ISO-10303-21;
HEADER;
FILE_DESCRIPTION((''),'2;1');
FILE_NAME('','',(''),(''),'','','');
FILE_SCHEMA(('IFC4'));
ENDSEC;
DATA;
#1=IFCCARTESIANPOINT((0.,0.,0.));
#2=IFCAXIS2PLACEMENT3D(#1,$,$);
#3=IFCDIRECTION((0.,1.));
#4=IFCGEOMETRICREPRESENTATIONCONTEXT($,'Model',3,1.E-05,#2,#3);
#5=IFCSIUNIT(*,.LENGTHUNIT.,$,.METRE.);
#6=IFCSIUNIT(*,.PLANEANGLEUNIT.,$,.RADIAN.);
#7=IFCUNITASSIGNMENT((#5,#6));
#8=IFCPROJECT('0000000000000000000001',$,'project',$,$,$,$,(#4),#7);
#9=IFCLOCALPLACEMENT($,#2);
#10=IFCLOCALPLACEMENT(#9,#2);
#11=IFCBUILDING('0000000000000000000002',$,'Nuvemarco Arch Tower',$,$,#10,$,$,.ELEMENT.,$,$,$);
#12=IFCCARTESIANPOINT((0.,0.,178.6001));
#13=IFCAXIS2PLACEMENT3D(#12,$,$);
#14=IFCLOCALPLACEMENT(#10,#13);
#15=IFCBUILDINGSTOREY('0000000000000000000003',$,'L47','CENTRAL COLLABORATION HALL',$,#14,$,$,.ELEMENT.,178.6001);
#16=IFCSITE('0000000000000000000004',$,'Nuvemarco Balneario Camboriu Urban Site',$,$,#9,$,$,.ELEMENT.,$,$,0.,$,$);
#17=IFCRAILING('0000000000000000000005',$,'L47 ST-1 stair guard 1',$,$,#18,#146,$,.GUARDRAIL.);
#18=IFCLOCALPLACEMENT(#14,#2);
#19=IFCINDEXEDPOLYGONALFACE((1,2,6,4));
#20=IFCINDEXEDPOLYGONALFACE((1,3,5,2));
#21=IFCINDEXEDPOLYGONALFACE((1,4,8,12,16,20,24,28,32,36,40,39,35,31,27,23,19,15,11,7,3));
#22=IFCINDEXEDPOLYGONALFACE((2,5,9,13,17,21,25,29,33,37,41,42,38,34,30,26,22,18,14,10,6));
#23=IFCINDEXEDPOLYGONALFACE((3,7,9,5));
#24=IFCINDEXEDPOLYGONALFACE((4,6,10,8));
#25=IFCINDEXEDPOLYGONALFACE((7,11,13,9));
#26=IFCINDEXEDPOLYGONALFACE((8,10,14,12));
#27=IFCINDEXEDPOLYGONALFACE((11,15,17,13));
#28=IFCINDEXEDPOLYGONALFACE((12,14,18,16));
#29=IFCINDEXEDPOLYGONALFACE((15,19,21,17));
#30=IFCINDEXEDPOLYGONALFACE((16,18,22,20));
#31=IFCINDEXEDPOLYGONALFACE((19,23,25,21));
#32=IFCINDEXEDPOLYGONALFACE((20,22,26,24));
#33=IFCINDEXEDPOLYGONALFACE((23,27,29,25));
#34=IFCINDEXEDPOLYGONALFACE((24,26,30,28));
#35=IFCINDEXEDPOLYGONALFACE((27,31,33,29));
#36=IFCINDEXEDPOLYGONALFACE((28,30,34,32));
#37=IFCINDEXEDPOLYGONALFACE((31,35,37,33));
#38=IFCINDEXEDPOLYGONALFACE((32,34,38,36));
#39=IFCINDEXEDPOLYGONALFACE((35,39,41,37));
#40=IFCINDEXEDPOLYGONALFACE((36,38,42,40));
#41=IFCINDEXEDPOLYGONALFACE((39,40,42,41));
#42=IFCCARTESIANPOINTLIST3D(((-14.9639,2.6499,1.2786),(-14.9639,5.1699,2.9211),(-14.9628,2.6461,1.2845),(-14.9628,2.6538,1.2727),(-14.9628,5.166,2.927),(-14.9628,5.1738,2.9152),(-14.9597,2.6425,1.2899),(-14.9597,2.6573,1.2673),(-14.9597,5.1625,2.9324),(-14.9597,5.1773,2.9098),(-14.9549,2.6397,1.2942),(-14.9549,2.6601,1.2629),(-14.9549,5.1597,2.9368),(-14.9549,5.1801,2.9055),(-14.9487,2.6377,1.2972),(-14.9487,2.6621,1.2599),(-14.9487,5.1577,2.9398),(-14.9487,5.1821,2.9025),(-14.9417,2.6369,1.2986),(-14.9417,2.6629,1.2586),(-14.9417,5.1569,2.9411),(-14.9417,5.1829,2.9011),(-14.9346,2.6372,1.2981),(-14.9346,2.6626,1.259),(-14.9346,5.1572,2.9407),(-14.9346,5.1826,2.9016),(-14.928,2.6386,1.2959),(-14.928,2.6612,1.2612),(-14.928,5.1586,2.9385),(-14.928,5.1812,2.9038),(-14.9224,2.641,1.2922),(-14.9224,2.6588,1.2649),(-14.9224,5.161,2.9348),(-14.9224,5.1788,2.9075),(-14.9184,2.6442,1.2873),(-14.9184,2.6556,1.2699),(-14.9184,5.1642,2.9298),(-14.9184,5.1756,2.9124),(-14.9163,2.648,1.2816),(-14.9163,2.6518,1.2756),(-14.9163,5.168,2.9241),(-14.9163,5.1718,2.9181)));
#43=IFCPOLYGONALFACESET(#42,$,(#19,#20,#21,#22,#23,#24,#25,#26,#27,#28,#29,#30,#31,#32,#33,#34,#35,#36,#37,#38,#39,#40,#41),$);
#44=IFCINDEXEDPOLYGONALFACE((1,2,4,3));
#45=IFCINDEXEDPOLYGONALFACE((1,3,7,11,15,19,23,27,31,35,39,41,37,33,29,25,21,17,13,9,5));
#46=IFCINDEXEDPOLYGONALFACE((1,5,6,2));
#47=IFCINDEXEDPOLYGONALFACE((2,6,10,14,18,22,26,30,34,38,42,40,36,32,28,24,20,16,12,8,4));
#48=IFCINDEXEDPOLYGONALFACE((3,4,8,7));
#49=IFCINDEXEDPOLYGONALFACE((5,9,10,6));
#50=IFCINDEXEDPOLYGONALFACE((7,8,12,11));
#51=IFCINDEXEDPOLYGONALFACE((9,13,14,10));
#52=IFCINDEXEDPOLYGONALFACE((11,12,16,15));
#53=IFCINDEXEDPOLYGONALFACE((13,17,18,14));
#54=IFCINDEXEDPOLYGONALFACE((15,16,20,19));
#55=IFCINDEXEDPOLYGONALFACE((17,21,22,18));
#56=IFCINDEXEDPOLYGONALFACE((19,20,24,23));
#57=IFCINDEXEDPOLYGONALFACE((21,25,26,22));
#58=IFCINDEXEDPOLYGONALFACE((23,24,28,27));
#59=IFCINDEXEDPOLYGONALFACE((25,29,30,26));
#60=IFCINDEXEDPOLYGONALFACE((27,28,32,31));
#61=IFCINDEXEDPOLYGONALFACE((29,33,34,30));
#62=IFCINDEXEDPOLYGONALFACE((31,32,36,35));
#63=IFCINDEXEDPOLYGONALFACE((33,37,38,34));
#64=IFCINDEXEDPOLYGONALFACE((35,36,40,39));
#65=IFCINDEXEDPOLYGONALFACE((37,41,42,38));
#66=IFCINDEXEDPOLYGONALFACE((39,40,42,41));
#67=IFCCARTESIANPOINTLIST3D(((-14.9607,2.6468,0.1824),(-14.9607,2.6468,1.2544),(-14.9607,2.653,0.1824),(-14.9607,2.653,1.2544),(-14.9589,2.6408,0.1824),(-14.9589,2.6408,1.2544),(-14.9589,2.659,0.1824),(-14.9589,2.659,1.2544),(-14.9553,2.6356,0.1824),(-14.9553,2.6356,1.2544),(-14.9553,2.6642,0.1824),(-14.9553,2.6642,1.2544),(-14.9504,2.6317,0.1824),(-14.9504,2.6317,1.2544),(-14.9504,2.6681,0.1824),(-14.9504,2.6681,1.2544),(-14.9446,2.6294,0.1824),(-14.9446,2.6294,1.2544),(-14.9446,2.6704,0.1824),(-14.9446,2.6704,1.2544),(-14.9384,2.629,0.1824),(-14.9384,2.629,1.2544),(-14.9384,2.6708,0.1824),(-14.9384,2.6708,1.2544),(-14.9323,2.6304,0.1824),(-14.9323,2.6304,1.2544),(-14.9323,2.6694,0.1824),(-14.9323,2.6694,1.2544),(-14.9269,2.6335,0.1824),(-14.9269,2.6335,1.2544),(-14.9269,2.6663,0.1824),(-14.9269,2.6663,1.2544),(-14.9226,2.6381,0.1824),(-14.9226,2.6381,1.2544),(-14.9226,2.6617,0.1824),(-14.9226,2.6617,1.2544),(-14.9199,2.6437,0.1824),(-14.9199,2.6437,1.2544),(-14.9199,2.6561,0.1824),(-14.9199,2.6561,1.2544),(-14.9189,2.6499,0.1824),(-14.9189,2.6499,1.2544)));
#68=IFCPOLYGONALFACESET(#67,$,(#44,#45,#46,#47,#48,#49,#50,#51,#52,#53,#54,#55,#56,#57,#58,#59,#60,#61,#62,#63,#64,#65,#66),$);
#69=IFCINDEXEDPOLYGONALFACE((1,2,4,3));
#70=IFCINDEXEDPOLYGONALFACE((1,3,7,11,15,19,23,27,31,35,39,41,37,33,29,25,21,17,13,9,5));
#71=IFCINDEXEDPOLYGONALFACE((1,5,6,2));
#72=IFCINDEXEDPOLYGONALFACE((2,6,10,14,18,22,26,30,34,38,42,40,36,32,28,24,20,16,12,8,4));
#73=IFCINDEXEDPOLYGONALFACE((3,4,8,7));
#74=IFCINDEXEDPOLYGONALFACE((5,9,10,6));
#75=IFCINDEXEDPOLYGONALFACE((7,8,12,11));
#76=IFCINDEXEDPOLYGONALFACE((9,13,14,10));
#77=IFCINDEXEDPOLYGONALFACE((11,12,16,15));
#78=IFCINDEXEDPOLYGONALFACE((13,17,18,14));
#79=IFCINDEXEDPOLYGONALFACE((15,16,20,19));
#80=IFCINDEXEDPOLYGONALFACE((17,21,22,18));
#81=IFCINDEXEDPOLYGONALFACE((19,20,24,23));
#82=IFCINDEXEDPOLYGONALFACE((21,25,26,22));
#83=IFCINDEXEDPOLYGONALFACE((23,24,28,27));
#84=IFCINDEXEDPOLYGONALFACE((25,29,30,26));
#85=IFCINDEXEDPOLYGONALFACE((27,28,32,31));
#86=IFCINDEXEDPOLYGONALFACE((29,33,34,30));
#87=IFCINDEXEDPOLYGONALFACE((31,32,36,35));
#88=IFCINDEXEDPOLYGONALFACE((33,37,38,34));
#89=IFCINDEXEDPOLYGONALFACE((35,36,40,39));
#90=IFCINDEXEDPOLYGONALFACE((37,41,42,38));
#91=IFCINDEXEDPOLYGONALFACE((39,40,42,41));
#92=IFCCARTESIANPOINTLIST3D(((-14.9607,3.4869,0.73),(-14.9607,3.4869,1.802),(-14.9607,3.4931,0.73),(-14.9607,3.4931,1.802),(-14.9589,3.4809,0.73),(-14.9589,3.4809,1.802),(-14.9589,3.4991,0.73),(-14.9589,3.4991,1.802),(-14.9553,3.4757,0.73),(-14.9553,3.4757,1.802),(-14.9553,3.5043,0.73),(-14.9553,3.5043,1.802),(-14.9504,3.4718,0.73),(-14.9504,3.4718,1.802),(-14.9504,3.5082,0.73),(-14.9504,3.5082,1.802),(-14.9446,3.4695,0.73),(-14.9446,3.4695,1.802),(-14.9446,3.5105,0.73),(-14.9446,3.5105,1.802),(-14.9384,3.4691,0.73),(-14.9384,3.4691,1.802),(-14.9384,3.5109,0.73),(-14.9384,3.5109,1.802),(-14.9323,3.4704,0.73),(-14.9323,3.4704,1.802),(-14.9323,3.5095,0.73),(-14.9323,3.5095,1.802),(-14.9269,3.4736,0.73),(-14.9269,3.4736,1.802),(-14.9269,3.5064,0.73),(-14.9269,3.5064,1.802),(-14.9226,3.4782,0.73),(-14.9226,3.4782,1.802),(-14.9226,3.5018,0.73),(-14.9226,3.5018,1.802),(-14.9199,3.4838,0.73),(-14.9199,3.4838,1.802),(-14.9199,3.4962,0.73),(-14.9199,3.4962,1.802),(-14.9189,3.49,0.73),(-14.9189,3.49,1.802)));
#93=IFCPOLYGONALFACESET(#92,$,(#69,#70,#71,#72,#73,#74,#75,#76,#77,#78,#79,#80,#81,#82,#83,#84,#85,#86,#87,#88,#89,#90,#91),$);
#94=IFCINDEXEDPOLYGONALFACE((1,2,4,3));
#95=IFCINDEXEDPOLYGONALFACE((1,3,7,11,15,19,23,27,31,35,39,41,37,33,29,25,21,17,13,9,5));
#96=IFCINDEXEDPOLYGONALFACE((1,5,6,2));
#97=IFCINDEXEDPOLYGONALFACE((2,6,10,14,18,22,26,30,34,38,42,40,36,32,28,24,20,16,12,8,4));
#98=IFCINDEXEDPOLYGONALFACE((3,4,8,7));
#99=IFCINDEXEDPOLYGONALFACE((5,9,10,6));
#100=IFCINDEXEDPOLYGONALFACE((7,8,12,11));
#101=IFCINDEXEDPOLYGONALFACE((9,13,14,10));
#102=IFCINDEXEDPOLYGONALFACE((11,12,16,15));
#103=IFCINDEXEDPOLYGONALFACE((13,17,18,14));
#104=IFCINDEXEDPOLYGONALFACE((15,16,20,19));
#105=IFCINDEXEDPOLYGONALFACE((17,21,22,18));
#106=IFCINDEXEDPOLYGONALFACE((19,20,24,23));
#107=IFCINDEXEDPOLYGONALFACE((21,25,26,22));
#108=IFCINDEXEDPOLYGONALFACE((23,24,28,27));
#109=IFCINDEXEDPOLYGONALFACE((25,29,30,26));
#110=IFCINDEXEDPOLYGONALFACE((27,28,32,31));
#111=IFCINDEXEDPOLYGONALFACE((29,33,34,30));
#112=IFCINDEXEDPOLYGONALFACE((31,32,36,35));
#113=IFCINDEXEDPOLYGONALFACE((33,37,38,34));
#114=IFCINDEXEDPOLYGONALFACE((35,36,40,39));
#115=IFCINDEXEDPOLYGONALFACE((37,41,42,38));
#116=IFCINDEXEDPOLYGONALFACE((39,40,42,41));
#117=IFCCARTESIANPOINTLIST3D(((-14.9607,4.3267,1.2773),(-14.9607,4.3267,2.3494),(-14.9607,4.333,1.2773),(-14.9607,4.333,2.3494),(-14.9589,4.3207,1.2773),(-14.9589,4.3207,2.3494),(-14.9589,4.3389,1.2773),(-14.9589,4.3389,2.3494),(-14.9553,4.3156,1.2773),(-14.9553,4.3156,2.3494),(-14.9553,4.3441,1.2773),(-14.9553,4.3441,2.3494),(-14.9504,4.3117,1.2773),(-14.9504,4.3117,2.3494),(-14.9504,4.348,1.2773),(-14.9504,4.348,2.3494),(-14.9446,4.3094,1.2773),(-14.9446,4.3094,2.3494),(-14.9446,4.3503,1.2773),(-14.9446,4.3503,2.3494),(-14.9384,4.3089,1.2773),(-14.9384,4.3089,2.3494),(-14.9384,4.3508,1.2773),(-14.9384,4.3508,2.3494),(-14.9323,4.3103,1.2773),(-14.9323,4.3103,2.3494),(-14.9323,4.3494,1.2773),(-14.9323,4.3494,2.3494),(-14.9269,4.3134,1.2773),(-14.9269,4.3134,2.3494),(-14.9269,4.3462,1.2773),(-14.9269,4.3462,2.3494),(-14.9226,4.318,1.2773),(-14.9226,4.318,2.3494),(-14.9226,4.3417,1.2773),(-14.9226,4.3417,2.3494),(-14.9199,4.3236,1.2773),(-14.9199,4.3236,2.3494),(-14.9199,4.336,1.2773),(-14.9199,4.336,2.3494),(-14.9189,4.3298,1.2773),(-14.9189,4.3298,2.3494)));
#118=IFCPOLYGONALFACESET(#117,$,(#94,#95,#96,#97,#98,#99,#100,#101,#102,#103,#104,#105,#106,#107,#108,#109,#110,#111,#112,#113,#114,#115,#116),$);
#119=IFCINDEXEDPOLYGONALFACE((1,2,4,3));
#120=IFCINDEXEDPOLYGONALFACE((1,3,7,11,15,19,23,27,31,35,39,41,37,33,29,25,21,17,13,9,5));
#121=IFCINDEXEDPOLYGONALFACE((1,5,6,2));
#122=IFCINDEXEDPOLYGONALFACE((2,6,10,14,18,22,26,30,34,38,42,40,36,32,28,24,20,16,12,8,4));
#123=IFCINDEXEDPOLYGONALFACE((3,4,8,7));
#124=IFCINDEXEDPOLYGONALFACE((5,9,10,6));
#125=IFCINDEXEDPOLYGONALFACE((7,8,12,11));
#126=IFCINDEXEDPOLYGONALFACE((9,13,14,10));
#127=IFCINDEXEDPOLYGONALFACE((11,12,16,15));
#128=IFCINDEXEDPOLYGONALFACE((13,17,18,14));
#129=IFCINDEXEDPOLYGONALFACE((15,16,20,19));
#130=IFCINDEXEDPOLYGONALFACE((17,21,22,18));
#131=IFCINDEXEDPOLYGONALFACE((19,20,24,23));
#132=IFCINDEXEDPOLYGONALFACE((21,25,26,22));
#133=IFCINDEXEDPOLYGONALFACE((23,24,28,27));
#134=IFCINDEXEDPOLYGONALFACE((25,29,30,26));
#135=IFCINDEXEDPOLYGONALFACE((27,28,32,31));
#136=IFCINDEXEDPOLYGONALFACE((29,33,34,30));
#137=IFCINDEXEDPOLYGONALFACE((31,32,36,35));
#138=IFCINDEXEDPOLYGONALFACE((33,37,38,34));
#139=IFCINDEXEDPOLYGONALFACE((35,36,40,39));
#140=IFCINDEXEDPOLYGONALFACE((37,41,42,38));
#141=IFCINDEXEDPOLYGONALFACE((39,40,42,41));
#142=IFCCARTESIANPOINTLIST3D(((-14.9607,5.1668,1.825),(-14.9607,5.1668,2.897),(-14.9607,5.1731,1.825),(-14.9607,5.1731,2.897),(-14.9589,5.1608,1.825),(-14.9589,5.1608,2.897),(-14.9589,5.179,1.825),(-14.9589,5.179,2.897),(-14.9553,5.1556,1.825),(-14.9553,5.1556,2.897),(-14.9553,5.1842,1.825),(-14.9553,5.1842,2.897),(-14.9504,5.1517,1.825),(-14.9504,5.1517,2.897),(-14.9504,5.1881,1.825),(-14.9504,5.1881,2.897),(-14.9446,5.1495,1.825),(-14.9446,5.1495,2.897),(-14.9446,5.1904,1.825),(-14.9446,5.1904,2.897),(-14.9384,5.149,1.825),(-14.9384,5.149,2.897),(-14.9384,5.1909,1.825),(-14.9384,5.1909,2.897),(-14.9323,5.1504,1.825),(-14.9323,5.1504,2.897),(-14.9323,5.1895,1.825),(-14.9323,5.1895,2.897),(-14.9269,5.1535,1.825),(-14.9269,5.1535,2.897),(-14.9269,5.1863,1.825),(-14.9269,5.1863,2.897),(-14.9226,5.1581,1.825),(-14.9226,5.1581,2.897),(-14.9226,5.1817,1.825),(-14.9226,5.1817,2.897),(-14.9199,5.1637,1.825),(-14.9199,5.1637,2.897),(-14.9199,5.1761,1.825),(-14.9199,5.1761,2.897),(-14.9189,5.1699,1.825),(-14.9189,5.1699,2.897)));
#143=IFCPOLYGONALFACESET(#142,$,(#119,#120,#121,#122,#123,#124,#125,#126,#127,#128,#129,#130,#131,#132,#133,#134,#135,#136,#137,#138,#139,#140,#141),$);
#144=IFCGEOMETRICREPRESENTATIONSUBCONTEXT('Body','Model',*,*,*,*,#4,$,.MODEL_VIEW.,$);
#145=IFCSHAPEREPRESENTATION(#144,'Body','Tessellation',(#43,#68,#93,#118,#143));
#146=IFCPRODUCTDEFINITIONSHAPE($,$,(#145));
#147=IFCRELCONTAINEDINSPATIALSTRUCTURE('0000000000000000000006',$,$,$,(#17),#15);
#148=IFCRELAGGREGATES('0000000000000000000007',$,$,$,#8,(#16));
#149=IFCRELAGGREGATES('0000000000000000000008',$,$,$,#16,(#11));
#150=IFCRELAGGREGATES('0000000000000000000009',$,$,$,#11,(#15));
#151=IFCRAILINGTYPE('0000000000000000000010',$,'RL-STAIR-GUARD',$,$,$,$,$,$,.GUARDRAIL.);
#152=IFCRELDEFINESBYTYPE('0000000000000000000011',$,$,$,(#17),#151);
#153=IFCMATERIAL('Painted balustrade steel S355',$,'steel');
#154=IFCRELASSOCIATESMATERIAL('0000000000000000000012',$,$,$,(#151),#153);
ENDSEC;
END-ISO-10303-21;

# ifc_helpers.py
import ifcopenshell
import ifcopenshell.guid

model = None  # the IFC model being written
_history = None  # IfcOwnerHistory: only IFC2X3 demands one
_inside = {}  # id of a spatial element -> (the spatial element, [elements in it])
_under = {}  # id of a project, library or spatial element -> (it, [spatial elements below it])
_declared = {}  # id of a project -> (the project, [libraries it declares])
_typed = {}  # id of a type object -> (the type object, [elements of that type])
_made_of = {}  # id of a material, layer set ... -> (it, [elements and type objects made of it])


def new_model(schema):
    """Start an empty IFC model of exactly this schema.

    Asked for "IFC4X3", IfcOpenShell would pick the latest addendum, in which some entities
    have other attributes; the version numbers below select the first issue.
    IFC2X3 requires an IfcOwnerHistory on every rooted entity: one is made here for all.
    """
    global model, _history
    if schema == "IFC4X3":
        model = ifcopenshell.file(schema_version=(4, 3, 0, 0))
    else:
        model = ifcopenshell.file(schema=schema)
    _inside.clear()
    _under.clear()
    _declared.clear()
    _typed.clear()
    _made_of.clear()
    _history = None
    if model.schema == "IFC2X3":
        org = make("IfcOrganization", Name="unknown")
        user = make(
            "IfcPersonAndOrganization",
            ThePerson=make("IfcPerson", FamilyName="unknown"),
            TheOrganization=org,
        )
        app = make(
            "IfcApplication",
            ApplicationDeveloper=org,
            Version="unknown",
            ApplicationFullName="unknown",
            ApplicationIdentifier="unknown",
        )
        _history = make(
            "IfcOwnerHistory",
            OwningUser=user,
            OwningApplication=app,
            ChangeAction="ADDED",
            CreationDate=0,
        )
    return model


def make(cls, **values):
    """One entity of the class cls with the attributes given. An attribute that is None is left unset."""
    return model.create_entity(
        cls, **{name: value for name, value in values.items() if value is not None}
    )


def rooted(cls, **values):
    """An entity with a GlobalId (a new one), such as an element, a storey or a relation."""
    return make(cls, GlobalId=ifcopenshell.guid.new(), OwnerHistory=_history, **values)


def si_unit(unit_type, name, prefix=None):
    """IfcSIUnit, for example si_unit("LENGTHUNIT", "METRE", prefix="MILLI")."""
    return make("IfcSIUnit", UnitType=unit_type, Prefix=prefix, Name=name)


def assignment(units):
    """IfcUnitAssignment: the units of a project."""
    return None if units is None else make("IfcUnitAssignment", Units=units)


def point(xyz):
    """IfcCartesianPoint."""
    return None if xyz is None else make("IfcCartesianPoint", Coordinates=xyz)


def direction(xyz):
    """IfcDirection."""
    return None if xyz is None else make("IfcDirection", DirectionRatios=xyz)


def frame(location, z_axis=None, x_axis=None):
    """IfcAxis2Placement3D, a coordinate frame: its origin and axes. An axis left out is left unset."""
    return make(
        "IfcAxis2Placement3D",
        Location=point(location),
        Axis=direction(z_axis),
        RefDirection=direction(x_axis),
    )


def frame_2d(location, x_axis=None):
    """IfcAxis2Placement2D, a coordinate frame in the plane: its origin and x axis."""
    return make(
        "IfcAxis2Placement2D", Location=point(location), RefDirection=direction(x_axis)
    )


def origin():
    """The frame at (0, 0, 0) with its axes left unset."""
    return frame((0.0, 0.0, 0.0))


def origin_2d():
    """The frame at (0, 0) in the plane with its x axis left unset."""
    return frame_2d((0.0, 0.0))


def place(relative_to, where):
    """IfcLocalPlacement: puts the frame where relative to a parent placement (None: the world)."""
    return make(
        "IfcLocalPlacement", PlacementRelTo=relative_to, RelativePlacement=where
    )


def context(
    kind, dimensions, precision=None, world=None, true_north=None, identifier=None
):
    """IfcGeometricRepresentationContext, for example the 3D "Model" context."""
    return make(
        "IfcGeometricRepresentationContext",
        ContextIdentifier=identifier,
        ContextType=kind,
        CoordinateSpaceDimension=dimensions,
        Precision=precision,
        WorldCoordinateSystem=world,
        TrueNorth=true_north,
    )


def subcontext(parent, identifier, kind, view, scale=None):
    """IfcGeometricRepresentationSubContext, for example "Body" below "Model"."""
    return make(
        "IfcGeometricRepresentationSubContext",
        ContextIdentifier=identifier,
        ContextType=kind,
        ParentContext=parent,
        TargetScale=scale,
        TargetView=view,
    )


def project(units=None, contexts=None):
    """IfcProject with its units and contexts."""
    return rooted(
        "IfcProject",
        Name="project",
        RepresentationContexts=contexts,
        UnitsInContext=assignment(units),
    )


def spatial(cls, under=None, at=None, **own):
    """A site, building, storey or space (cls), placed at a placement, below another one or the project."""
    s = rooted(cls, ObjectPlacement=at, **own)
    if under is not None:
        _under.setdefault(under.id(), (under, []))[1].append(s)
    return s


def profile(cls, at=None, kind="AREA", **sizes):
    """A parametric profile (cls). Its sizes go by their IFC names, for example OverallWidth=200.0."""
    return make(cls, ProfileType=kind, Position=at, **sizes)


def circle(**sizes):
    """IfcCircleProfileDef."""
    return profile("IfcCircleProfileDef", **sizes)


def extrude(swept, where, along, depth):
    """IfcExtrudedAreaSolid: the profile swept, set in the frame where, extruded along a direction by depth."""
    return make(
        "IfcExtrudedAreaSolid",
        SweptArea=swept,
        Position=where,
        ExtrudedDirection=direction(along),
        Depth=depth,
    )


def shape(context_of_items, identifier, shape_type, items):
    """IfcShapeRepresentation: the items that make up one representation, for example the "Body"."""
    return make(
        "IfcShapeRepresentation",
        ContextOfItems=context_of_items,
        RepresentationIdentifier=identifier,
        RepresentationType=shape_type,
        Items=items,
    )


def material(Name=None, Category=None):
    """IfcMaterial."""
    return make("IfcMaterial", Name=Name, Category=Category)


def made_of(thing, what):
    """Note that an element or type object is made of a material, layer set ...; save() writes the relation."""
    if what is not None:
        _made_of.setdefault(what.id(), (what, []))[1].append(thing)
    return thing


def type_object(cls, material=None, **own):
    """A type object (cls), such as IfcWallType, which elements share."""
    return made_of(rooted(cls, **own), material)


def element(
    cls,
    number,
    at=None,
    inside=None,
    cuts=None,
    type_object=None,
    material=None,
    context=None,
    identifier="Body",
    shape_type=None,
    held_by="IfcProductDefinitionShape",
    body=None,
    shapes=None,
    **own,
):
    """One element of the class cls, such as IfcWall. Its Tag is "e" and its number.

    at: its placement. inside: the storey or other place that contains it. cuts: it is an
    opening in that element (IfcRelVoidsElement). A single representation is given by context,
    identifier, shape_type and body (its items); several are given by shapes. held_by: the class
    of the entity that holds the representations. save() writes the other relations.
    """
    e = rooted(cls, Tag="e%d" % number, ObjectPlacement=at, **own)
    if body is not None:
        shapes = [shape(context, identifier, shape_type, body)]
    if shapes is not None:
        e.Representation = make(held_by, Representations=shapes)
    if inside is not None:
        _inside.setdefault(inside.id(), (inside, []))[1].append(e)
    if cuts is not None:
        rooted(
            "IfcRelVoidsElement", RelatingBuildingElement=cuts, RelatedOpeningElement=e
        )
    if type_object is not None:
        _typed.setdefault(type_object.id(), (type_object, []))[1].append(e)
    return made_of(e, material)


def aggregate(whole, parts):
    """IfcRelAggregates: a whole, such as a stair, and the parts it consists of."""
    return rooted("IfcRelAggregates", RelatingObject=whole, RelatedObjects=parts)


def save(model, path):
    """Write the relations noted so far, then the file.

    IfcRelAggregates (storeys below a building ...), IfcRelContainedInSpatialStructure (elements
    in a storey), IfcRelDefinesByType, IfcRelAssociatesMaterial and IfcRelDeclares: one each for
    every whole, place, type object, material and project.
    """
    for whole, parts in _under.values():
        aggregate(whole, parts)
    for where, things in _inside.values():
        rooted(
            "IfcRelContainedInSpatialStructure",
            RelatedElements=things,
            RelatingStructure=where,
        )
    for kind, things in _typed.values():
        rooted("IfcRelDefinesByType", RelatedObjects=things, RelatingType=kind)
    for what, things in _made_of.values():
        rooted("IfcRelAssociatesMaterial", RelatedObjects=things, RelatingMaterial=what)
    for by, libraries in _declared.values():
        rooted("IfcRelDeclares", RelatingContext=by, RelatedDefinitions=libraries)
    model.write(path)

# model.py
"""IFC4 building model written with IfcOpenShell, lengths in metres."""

from ifc_helpers import new_model, si_unit, direction, frame, origin, origin_2d, place, context, subcontext, project, spatial, circle, extrude, material, type_object, element, save


model = new_model("IFC4")

# Units and contexts
model_context = context("Model", 3, precision=1e-05, world=origin(), true_north=direction((0.0, 1.0)))
body_context = subcontext(model_context, "Body", "Model", "MODEL_VIEW")
ifc_project = project(units=[si_unit("LENGTHUNIT", "METRE"), si_unit("PLANEANGLEUNIT", "RADIAN")], contexts=[model_context])

# Site, building, storey
site_placement = place(None, origin())
site = spatial("IfcSite", under=ifc_project, at=site_placement, Name="Nuvemarco Balneario Camboriu Urban Site", CompositionType="ELEMENT", RefElevation=0.0)
building_placement = place(site_placement, origin())
building = spatial("IfcBuilding", under=site, at=building_placement, Name="Nuvemarco Arch Tower", CompositionType="ELEMENT")
storey_placement = place(building_placement, frame((0.0, 0.0, 178.6001)))
storey = spatial("IfcBuildingStorey", under=building, at=storey_placement, Name="L47", Description="CENTRAL COLLABORATION HALL", CompositionType="ELEMENT", Elevation=178.6001)

# Railing
ifc_material_1 = material(Name="Painted balustrade steel S355", Category="steel")
railing_type_1 = type_object("IfcRailingType", Name="RL-STAIR-GUARD", PredefinedType="GUARDRAIL", material=ifc_material_1)
railing_1_placement = place(storey_placement, frame((-14.9399, 2.6499, 0.1824)))
element("IfcRailing", 1, at=railing_1_placement, inside=storey, type_object=railing_type_1, Name="L47 ST-1 stair guard 1", PredefinedType="GUARDRAIL", context=body_context, shape_type="SweptSolid", body=[
    extrude(circle(Radius=0.0239, at=origin_2d()), frame((0.0, 0.0, 1.0962), z_axis=(0.0, 0.837749, 0.546055), x_axis=(-1.0, 0.0, 0.0)), (0.0, 0.0, 1.0), 3.0081),
    extrude(circle(Radius=0.021, at=origin_2d()), origin(), (0.0, 0.0, 1.0), 1.072),
    extrude(circle(Radius=0.021, at=origin_2d()), frame((0.0, 0.8401, 0.5476)), (0.0, 0.0, 1.0), 1.072),
    extrude(circle(Radius=0.021, at=origin_2d()), frame((0.0, 1.6799, 1.095)), (0.0, 0.0, 1.0), 1.072),
    extrude(circle(Radius=0.021, at=origin_2d()), frame((0.0, 2.52, 1.6426)), (0.0, 0.0, 1.0), 1.072),
])

save(model, "model.ifc")
